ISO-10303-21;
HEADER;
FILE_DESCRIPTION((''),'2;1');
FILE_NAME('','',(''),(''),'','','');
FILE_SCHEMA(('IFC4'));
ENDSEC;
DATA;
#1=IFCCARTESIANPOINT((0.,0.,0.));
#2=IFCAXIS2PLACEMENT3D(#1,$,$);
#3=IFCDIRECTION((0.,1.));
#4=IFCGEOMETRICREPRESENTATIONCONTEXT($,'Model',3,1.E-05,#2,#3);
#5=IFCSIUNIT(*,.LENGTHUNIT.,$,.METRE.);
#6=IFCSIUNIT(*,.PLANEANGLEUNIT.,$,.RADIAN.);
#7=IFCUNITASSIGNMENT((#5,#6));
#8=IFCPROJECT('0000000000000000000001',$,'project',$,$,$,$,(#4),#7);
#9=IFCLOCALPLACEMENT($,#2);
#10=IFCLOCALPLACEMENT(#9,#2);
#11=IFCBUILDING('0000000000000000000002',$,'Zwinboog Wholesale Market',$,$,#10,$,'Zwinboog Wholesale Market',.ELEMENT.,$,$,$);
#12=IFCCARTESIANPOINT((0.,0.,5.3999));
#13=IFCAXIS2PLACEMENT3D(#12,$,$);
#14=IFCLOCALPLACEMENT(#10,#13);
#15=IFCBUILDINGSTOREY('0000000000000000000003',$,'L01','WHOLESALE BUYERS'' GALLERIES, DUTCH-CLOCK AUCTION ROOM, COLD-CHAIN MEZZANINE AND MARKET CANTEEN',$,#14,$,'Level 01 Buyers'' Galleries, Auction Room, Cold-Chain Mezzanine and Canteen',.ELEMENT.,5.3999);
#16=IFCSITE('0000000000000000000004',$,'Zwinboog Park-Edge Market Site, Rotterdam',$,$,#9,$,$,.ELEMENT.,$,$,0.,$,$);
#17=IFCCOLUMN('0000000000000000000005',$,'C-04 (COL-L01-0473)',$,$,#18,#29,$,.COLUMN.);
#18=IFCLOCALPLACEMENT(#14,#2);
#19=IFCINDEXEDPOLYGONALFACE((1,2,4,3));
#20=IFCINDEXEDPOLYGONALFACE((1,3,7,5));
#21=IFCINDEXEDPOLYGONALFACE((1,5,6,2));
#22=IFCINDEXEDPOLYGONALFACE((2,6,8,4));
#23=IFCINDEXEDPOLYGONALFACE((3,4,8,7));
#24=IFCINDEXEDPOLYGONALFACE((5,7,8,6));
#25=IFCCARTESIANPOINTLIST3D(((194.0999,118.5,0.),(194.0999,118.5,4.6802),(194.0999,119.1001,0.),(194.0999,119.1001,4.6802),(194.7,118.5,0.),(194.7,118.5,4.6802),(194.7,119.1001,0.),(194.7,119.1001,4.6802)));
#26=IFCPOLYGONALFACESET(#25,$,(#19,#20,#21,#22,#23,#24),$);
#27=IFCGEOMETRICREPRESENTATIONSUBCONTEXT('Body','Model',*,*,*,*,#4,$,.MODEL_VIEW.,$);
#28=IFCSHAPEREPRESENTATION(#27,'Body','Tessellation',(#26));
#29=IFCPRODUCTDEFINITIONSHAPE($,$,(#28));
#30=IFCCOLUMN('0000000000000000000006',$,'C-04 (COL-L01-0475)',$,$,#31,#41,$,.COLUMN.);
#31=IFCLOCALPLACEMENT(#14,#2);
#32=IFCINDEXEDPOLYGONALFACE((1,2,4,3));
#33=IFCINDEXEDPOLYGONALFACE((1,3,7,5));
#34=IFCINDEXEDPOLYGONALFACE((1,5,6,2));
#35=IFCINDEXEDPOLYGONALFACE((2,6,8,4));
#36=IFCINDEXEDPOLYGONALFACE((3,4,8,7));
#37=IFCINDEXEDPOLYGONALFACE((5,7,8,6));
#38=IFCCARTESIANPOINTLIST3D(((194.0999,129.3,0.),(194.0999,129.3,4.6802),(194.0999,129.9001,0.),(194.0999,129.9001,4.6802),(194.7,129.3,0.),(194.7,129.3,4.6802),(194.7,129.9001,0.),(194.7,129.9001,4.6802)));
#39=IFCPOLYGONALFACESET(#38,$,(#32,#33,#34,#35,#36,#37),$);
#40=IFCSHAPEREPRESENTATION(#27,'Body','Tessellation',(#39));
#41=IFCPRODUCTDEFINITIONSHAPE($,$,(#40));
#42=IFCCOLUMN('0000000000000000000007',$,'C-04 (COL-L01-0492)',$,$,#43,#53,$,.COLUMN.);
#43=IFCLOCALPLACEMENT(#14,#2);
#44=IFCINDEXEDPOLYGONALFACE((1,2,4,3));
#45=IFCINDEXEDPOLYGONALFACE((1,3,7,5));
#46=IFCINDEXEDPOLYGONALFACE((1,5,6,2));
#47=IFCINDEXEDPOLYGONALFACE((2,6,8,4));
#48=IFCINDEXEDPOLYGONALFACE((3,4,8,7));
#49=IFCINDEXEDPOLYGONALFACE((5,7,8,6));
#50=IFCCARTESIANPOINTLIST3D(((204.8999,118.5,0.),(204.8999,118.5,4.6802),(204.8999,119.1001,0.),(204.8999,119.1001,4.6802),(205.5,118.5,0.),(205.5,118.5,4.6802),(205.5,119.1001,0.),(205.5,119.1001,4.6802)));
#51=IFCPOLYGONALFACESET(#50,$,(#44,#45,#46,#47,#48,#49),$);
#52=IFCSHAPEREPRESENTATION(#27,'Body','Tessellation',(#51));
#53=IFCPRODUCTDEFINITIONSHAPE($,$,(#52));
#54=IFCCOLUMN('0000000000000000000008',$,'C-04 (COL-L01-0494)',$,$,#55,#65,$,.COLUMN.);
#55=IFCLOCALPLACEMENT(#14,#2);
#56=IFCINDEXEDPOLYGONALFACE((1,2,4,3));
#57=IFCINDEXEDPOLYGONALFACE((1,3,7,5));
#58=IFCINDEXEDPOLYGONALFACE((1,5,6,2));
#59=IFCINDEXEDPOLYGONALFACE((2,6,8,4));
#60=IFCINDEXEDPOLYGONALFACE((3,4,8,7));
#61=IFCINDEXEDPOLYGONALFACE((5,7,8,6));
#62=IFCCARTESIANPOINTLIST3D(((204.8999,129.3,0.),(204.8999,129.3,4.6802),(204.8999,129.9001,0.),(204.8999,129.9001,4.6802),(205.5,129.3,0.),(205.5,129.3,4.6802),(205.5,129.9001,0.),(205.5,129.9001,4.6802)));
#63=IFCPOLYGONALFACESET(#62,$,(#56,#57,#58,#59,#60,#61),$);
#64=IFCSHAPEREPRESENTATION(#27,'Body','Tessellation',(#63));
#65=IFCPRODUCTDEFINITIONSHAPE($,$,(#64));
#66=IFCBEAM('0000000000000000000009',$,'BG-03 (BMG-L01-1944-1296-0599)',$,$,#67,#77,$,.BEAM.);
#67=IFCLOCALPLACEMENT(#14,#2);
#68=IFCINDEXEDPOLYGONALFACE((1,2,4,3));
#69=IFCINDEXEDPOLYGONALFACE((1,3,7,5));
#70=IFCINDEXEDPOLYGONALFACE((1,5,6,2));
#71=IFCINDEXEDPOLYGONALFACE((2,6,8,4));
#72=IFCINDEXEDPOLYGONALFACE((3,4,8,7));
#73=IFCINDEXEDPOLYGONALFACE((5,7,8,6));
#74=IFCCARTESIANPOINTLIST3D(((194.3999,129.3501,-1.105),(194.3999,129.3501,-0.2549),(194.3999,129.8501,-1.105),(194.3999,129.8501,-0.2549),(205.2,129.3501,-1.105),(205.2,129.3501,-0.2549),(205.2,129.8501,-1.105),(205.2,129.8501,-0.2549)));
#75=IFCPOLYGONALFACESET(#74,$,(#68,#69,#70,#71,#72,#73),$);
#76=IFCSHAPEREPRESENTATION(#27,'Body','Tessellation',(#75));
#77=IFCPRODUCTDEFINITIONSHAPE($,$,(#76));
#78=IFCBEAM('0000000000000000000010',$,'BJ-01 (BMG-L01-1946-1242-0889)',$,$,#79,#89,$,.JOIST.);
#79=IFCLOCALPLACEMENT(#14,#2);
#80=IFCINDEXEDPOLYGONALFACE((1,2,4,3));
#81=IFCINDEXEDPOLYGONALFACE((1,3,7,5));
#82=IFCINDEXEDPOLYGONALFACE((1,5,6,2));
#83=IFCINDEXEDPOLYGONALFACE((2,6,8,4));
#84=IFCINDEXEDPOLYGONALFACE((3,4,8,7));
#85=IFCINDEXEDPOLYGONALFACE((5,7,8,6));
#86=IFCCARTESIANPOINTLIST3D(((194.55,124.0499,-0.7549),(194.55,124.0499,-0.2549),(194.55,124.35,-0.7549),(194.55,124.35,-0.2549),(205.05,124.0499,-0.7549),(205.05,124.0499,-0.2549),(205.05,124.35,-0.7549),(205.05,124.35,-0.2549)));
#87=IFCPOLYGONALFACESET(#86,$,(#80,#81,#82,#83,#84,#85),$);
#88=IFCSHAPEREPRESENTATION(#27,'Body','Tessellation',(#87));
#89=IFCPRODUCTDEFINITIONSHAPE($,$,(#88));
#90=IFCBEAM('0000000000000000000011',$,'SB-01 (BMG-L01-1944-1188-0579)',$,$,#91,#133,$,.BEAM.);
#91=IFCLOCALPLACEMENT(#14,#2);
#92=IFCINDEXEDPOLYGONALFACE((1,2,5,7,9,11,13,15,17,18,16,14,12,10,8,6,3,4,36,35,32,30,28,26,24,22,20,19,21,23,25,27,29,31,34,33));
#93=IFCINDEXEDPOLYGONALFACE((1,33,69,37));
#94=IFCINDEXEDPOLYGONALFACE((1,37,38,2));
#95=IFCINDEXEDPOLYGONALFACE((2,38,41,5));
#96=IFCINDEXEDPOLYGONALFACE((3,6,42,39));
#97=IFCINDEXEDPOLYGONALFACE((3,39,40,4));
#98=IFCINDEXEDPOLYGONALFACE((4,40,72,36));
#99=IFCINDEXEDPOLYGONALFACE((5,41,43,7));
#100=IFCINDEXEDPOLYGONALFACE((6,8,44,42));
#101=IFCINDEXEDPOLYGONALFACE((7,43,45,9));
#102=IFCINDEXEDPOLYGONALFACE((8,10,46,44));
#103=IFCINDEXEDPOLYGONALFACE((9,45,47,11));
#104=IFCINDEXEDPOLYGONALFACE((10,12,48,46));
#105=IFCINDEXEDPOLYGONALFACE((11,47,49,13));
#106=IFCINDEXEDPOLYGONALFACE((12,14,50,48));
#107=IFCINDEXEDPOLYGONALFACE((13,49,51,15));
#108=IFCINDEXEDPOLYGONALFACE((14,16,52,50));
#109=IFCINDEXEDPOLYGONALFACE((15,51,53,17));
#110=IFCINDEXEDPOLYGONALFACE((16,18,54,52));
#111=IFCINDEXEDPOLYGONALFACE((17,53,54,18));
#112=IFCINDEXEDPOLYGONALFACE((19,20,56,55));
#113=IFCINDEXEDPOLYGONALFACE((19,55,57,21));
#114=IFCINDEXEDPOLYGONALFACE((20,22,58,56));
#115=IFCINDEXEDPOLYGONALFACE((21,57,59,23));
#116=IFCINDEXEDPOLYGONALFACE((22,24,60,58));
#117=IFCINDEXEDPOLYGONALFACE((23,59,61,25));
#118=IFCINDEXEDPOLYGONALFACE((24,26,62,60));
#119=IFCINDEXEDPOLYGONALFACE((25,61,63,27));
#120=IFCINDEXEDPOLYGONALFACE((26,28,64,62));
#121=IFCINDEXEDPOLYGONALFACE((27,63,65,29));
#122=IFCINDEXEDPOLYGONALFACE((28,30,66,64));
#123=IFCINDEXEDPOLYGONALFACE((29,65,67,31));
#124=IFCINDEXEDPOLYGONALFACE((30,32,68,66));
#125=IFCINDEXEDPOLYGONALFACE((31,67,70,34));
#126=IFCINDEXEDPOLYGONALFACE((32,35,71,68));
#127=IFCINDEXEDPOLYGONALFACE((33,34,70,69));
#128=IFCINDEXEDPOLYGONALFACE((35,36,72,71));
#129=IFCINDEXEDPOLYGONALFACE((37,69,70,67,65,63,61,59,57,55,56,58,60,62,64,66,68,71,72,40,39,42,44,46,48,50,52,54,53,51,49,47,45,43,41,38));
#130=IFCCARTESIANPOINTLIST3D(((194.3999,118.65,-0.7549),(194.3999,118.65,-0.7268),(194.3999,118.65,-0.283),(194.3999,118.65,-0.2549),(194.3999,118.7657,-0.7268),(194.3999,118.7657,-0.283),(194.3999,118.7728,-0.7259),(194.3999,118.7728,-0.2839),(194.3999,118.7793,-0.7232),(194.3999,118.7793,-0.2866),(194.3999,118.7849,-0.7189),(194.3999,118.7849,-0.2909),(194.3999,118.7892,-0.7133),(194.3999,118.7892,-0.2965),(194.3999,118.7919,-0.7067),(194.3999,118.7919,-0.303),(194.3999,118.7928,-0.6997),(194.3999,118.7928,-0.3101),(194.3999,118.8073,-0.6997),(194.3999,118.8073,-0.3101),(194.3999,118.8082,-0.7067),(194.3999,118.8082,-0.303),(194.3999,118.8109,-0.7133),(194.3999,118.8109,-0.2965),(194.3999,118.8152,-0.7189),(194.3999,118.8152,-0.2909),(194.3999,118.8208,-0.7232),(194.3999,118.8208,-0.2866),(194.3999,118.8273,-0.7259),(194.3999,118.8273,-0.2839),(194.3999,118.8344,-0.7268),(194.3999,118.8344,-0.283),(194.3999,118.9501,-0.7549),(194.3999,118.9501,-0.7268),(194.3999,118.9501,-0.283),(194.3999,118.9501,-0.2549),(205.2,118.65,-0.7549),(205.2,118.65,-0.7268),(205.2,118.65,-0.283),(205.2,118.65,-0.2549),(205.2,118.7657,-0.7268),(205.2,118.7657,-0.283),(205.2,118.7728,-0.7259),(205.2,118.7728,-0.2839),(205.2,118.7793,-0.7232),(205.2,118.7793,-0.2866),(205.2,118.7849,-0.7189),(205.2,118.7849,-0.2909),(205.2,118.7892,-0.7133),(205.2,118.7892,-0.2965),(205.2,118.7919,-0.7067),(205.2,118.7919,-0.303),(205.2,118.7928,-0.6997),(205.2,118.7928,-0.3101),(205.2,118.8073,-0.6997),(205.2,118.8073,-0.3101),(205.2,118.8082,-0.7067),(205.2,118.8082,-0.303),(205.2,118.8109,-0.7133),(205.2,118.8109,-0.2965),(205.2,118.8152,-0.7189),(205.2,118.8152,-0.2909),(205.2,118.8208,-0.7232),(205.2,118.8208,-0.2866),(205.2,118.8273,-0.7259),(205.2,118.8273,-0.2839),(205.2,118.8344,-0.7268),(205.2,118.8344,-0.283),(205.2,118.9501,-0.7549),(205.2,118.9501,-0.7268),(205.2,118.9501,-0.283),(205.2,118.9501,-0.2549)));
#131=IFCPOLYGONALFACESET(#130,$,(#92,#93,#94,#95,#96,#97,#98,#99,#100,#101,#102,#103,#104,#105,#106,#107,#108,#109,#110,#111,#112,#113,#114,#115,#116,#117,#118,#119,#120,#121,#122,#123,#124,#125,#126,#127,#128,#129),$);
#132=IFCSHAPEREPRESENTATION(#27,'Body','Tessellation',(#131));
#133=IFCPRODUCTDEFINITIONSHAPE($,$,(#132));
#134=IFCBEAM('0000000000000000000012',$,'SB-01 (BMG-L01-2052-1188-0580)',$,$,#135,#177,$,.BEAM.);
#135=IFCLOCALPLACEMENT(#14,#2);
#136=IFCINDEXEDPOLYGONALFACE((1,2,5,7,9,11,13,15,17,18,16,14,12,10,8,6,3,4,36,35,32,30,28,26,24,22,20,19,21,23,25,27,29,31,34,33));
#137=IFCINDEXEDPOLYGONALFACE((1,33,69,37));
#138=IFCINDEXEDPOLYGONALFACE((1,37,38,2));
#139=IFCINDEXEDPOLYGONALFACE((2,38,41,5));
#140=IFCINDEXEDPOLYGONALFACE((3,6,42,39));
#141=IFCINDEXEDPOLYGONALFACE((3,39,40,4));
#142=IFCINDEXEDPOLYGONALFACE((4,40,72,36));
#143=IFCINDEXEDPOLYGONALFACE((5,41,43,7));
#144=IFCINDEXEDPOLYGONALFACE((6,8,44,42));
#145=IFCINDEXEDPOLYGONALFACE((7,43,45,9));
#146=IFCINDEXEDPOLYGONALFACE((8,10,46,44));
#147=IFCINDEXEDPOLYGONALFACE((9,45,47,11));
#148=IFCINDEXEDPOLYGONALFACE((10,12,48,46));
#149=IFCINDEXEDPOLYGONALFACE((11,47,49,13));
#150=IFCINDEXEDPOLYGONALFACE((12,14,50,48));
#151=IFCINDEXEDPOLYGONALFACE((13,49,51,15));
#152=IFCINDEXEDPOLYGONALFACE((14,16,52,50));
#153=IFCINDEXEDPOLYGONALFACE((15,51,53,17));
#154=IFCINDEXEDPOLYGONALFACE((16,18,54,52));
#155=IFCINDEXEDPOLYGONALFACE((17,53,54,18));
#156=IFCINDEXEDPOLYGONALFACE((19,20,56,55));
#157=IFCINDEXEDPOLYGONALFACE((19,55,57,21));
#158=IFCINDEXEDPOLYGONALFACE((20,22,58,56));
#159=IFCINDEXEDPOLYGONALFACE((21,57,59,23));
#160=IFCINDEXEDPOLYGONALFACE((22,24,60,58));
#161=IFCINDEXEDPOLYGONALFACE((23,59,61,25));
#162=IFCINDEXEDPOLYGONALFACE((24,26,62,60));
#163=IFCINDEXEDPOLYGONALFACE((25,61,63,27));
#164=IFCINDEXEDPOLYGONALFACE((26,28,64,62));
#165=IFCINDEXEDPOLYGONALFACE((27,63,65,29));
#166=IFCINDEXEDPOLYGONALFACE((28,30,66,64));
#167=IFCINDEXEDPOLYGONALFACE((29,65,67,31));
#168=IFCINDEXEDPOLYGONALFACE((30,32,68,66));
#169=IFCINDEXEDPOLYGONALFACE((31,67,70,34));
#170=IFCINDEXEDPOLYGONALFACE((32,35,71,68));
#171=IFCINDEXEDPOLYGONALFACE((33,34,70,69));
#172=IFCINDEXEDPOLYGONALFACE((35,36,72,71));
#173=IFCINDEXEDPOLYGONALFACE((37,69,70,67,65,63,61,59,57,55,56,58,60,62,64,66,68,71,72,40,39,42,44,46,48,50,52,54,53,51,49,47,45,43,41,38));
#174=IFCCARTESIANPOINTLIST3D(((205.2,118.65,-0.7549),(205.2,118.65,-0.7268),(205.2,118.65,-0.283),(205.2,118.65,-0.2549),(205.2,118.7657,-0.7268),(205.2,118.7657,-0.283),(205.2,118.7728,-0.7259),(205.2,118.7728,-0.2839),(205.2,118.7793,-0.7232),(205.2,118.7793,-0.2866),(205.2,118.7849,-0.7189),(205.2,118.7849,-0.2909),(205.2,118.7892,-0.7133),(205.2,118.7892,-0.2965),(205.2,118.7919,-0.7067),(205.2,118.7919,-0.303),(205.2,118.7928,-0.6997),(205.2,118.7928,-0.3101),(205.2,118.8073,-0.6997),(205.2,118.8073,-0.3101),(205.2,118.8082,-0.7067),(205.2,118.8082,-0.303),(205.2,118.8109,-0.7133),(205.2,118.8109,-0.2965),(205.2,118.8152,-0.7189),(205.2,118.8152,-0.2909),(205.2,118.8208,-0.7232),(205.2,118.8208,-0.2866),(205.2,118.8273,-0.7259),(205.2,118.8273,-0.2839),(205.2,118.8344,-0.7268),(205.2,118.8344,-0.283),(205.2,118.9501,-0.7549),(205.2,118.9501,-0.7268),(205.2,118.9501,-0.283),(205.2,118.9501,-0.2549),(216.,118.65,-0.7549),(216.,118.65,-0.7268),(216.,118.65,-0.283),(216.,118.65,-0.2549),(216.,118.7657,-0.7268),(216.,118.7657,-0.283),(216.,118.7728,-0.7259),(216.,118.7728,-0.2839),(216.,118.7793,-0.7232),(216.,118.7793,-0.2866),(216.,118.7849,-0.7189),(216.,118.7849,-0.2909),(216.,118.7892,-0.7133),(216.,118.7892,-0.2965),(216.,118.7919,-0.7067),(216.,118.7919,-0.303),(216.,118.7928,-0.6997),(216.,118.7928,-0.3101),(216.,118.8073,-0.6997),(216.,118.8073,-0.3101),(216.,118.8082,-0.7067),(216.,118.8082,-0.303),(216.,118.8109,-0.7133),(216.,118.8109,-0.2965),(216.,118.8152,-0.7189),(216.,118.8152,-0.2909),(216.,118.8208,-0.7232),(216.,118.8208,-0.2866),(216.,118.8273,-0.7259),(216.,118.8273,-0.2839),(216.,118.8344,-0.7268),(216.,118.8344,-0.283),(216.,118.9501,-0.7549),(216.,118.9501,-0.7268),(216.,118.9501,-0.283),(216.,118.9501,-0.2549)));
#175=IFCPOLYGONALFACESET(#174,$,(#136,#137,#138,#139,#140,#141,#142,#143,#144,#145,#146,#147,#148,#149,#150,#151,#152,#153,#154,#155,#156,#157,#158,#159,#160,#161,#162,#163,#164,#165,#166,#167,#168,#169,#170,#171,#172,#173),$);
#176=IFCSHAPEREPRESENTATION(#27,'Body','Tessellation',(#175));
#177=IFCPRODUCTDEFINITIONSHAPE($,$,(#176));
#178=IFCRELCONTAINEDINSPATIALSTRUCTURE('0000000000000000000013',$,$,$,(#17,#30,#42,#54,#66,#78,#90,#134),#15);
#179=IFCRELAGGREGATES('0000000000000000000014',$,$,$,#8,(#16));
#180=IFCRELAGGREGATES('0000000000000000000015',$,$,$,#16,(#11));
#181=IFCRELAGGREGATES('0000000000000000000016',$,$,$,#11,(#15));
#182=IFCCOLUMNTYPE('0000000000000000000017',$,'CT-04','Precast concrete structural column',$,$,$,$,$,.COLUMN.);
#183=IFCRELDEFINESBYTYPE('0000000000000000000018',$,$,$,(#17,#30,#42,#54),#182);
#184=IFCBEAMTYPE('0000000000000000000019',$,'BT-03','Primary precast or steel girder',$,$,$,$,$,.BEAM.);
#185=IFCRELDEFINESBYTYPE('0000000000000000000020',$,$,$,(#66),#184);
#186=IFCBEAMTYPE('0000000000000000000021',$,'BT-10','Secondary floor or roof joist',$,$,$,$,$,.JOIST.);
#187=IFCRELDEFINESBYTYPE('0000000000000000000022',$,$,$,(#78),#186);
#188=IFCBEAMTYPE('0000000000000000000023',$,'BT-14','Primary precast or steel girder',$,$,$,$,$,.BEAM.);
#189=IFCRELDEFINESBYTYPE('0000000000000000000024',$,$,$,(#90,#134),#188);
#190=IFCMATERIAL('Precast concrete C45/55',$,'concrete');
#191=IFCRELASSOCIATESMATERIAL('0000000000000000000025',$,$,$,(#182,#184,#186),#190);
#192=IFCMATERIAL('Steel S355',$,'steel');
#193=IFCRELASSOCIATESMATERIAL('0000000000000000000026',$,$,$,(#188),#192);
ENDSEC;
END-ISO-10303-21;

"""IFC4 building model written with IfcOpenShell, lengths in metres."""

from ifc_helpers import new_model, si_unit, direction, frame, origin, origin_2d, place, context, subcontext, project, spatial, rectangle, i_section, extrude, material, material_profile, profile_set, type_object, element, save


model = new_model("IFC4")

# Units and contexts
model_context = context("Model", 3, precision=1e-05, world=origin(), true_north=direction((0.0, 1.0)))
body_context = subcontext(model_context, "Body", "Model", "MODEL_VIEW")
ifc_project = project(units=[si_unit("LENGTHUNIT", "METRE"), si_unit("PLANEANGLEUNIT", "RADIAN")], contexts=[model_context])

# Site, building, storey
site_placement = place(None, origin())
site = spatial("IfcSite", under=ifc_project, at=site_placement, Name="Zwinboog Park-Edge Market Site, Rotterdam", CompositionType="ELEMENT", RefElevation=0.0)
building_placement = place(site_placement, origin())
building = spatial("IfcBuilding", under=site, at=building_placement, Name="Zwinboog Wholesale Market", LongName="Zwinboog Wholesale Market", CompositionType="ELEMENT")
storey_placement = place(building_placement, frame((0.0, 0.0, 5.3999)))
storey = spatial("IfcBuildingStorey", under=building, at=storey_placement, Name="L01", Description="WHOLESALE BUYERS' GALLERIES, DUTCH-CLOCK AUCTION ROOM, COLD-CHAIN MEZZANINE AND MARKET CANTEEN", LongName="Level 01 Buyers' Galleries, Auction Room, Cold-Chain Mezzanine and Canteen", CompositionType="ELEMENT", Elevation=5.3999)

# Columns
ifc_material_1 = material(Name="Precast concrete C45/55", Category="concrete")
ifc_material_profile_1 = material_profile(ifc_material_1, rectangle(XDim=0.6001, YDim=0.6001, at=origin_2d()), Name="PC 600x600")
ifc_profile_set_1 = profile_set([ifc_material_profile_1], Name="Precast concrete C45/55")
column_type = type_object("IfcColumnType", Name="CT-04", Description="Precast concrete structural column", PredefinedType="COLUMN", material=ifc_profile_set_1)
for number, where, z_axis, x_axis, name in (
    (1, (194.3999, 118.8, 0.0), (0.0, 0.0, 1.0), (1.0, 0.0, 0.0), "C-04 (COL-L01-0473)"),
    (2, (194.3999, 129.6001, 0.0), (0.0, 0.0, 1.0), (1.0, 0.0, 0.0), "C-04 (COL-L01-0475)"),
    (3, (205.2, 118.8, 0.0), (0.0, 0.0, 1.0), (1.0, 0.0, 0.0), "C-04 (COL-L01-0492)"),
    (4, (205.2, 129.6001, 0.0), (0.0, 0.0, 1.0), (1.0, 0.0, 0.0), "C-04 (COL-L01-0494)"),
):
    element("IfcColumn", number, at=place(storey_placement, frame(where, z_axis=z_axis, x_axis=x_axis)), inside=storey, type_object=column_type, Name=name, PredefinedType="COLUMN", context=body_context, shape_type="SweptSolid", body=[
        extrude(rectangle(XDim=0.6001, YDim=0.6001, at=origin_2d()), origin(), (0.0, 0.0, 1.0), 4.6802),
    ])

# Beams
ifc_material_profile_2 = material_profile(ifc_material_1, rectangle(XDim=0.5, YDim=0.8501, at=origin_2d()), Name="PC 500x850")
ifc_profile_set_2 = profile_set([ifc_material_profile_2], Name="Precast concrete C45/55")
beam_type_1 = type_object("IfcBeamType", Name="BT-03", Description="Primary precast or steel girder", PredefinedType="BEAM", material=ifc_profile_set_2)
beam_1_placement = place(storey_placement, frame((194.3999, 129.6001, -0.6799), z_axis=(1.0, 0.0, 0.0), x_axis=(0.0, 1.0, 0.0)))
element("IfcBeam", 5, at=beam_1_placement, inside=storey, type_object=beam_type_1, Name="BG-03 (BMG-L01-1944-1296-0599)", PredefinedType="BEAM", context=body_context, shape_type="SweptSolid", body=[
    extrude(rectangle(XDim=0.5, YDim=0.8501, at=origin_2d()), origin(), (0.0, 0.0, 1.0), 10.8),
])
ifc_material_profile_3 = material_profile(ifc_material_1, rectangle(XDim=0.3, YDim=0.5, at=origin_2d()), Name="PC 300x500")
ifc_profile_set_3 = profile_set([ifc_material_profile_3], Name="Precast concrete C45/55")
beam_type_2 = type_object("IfcBeamType", Name="BT-10", Description="Secondary floor or roof joist", PredefinedType="JOIST", material=ifc_profile_set_3)
beam_2_placement = place(storey_placement, frame((194.55, 124.2, -0.5049), z_axis=(1.0, 0.0, 0.0), x_axis=(0.0, 1.0, 0.0)))
element("IfcBeam", 6, at=beam_2_placement, inside=storey, type_object=beam_type_2, Name="BJ-01 (BMG-L01-1946-1242-0889)", PredefinedType="JOIST", context=body_context, shape_type="SweptSolid", body=[
    extrude(rectangle(XDim=0.3, YDim=0.5, at=origin_2d()), origin(), (0.0, 0.0, 1.0), 10.5),
])
ifc_material_2 = material(Name="Steel S355", Category="steel")
ifc_material_profile_4 = material_profile(ifc_material_2, i_section(OverallWidth=0.3, OverallDepth=0.5, WebThickness=0.0144, FlangeThickness=0.0281, FilletRadius=0.0271, at=origin_2d()), Name="HEB 500")
ifc_profile_set_4 = profile_set([ifc_material_profile_4], Name="Steel S355")
beam_type_3 = type_object("IfcBeamType", Name="BT-14", Description="Primary precast or steel girder", PredefinedType="BEAM", material=ifc_profile_set_4)
for number, where, z_axis, x_axis, name in (
    (7, (194.3999, 118.8, -0.5049), (1.0, 0.0, 0.0), (0.0, 1.0, 0.0), "SB-01 (BMG-L01-1944-1188-0579)"),
    (8, (205.2, 118.8, -0.5049), (1.0, 0.0, 0.0), (0.0, 1.0, 0.0), "SB-01 (BMG-L01-2052-1188-0580)"),
):
    element("IfcBeam", number, at=place(storey_placement, frame(where, z_axis=z_axis, x_axis=x_axis)), inside=storey, type_object=beam_type_3, Name=name, PredefinedType="BEAM", context=body_context, shape_type="SweptSolid", body=[
        extrude(i_section(OverallWidth=0.3, OverallDepth=0.5, WebThickness=0.0144, FlangeThickness=0.0281, FilletRadius=0.0271, at=origin_2d()), origin(), (0.0, 0.0, 1.0), 10.8),
    ])

save(model, "model.ifc")
